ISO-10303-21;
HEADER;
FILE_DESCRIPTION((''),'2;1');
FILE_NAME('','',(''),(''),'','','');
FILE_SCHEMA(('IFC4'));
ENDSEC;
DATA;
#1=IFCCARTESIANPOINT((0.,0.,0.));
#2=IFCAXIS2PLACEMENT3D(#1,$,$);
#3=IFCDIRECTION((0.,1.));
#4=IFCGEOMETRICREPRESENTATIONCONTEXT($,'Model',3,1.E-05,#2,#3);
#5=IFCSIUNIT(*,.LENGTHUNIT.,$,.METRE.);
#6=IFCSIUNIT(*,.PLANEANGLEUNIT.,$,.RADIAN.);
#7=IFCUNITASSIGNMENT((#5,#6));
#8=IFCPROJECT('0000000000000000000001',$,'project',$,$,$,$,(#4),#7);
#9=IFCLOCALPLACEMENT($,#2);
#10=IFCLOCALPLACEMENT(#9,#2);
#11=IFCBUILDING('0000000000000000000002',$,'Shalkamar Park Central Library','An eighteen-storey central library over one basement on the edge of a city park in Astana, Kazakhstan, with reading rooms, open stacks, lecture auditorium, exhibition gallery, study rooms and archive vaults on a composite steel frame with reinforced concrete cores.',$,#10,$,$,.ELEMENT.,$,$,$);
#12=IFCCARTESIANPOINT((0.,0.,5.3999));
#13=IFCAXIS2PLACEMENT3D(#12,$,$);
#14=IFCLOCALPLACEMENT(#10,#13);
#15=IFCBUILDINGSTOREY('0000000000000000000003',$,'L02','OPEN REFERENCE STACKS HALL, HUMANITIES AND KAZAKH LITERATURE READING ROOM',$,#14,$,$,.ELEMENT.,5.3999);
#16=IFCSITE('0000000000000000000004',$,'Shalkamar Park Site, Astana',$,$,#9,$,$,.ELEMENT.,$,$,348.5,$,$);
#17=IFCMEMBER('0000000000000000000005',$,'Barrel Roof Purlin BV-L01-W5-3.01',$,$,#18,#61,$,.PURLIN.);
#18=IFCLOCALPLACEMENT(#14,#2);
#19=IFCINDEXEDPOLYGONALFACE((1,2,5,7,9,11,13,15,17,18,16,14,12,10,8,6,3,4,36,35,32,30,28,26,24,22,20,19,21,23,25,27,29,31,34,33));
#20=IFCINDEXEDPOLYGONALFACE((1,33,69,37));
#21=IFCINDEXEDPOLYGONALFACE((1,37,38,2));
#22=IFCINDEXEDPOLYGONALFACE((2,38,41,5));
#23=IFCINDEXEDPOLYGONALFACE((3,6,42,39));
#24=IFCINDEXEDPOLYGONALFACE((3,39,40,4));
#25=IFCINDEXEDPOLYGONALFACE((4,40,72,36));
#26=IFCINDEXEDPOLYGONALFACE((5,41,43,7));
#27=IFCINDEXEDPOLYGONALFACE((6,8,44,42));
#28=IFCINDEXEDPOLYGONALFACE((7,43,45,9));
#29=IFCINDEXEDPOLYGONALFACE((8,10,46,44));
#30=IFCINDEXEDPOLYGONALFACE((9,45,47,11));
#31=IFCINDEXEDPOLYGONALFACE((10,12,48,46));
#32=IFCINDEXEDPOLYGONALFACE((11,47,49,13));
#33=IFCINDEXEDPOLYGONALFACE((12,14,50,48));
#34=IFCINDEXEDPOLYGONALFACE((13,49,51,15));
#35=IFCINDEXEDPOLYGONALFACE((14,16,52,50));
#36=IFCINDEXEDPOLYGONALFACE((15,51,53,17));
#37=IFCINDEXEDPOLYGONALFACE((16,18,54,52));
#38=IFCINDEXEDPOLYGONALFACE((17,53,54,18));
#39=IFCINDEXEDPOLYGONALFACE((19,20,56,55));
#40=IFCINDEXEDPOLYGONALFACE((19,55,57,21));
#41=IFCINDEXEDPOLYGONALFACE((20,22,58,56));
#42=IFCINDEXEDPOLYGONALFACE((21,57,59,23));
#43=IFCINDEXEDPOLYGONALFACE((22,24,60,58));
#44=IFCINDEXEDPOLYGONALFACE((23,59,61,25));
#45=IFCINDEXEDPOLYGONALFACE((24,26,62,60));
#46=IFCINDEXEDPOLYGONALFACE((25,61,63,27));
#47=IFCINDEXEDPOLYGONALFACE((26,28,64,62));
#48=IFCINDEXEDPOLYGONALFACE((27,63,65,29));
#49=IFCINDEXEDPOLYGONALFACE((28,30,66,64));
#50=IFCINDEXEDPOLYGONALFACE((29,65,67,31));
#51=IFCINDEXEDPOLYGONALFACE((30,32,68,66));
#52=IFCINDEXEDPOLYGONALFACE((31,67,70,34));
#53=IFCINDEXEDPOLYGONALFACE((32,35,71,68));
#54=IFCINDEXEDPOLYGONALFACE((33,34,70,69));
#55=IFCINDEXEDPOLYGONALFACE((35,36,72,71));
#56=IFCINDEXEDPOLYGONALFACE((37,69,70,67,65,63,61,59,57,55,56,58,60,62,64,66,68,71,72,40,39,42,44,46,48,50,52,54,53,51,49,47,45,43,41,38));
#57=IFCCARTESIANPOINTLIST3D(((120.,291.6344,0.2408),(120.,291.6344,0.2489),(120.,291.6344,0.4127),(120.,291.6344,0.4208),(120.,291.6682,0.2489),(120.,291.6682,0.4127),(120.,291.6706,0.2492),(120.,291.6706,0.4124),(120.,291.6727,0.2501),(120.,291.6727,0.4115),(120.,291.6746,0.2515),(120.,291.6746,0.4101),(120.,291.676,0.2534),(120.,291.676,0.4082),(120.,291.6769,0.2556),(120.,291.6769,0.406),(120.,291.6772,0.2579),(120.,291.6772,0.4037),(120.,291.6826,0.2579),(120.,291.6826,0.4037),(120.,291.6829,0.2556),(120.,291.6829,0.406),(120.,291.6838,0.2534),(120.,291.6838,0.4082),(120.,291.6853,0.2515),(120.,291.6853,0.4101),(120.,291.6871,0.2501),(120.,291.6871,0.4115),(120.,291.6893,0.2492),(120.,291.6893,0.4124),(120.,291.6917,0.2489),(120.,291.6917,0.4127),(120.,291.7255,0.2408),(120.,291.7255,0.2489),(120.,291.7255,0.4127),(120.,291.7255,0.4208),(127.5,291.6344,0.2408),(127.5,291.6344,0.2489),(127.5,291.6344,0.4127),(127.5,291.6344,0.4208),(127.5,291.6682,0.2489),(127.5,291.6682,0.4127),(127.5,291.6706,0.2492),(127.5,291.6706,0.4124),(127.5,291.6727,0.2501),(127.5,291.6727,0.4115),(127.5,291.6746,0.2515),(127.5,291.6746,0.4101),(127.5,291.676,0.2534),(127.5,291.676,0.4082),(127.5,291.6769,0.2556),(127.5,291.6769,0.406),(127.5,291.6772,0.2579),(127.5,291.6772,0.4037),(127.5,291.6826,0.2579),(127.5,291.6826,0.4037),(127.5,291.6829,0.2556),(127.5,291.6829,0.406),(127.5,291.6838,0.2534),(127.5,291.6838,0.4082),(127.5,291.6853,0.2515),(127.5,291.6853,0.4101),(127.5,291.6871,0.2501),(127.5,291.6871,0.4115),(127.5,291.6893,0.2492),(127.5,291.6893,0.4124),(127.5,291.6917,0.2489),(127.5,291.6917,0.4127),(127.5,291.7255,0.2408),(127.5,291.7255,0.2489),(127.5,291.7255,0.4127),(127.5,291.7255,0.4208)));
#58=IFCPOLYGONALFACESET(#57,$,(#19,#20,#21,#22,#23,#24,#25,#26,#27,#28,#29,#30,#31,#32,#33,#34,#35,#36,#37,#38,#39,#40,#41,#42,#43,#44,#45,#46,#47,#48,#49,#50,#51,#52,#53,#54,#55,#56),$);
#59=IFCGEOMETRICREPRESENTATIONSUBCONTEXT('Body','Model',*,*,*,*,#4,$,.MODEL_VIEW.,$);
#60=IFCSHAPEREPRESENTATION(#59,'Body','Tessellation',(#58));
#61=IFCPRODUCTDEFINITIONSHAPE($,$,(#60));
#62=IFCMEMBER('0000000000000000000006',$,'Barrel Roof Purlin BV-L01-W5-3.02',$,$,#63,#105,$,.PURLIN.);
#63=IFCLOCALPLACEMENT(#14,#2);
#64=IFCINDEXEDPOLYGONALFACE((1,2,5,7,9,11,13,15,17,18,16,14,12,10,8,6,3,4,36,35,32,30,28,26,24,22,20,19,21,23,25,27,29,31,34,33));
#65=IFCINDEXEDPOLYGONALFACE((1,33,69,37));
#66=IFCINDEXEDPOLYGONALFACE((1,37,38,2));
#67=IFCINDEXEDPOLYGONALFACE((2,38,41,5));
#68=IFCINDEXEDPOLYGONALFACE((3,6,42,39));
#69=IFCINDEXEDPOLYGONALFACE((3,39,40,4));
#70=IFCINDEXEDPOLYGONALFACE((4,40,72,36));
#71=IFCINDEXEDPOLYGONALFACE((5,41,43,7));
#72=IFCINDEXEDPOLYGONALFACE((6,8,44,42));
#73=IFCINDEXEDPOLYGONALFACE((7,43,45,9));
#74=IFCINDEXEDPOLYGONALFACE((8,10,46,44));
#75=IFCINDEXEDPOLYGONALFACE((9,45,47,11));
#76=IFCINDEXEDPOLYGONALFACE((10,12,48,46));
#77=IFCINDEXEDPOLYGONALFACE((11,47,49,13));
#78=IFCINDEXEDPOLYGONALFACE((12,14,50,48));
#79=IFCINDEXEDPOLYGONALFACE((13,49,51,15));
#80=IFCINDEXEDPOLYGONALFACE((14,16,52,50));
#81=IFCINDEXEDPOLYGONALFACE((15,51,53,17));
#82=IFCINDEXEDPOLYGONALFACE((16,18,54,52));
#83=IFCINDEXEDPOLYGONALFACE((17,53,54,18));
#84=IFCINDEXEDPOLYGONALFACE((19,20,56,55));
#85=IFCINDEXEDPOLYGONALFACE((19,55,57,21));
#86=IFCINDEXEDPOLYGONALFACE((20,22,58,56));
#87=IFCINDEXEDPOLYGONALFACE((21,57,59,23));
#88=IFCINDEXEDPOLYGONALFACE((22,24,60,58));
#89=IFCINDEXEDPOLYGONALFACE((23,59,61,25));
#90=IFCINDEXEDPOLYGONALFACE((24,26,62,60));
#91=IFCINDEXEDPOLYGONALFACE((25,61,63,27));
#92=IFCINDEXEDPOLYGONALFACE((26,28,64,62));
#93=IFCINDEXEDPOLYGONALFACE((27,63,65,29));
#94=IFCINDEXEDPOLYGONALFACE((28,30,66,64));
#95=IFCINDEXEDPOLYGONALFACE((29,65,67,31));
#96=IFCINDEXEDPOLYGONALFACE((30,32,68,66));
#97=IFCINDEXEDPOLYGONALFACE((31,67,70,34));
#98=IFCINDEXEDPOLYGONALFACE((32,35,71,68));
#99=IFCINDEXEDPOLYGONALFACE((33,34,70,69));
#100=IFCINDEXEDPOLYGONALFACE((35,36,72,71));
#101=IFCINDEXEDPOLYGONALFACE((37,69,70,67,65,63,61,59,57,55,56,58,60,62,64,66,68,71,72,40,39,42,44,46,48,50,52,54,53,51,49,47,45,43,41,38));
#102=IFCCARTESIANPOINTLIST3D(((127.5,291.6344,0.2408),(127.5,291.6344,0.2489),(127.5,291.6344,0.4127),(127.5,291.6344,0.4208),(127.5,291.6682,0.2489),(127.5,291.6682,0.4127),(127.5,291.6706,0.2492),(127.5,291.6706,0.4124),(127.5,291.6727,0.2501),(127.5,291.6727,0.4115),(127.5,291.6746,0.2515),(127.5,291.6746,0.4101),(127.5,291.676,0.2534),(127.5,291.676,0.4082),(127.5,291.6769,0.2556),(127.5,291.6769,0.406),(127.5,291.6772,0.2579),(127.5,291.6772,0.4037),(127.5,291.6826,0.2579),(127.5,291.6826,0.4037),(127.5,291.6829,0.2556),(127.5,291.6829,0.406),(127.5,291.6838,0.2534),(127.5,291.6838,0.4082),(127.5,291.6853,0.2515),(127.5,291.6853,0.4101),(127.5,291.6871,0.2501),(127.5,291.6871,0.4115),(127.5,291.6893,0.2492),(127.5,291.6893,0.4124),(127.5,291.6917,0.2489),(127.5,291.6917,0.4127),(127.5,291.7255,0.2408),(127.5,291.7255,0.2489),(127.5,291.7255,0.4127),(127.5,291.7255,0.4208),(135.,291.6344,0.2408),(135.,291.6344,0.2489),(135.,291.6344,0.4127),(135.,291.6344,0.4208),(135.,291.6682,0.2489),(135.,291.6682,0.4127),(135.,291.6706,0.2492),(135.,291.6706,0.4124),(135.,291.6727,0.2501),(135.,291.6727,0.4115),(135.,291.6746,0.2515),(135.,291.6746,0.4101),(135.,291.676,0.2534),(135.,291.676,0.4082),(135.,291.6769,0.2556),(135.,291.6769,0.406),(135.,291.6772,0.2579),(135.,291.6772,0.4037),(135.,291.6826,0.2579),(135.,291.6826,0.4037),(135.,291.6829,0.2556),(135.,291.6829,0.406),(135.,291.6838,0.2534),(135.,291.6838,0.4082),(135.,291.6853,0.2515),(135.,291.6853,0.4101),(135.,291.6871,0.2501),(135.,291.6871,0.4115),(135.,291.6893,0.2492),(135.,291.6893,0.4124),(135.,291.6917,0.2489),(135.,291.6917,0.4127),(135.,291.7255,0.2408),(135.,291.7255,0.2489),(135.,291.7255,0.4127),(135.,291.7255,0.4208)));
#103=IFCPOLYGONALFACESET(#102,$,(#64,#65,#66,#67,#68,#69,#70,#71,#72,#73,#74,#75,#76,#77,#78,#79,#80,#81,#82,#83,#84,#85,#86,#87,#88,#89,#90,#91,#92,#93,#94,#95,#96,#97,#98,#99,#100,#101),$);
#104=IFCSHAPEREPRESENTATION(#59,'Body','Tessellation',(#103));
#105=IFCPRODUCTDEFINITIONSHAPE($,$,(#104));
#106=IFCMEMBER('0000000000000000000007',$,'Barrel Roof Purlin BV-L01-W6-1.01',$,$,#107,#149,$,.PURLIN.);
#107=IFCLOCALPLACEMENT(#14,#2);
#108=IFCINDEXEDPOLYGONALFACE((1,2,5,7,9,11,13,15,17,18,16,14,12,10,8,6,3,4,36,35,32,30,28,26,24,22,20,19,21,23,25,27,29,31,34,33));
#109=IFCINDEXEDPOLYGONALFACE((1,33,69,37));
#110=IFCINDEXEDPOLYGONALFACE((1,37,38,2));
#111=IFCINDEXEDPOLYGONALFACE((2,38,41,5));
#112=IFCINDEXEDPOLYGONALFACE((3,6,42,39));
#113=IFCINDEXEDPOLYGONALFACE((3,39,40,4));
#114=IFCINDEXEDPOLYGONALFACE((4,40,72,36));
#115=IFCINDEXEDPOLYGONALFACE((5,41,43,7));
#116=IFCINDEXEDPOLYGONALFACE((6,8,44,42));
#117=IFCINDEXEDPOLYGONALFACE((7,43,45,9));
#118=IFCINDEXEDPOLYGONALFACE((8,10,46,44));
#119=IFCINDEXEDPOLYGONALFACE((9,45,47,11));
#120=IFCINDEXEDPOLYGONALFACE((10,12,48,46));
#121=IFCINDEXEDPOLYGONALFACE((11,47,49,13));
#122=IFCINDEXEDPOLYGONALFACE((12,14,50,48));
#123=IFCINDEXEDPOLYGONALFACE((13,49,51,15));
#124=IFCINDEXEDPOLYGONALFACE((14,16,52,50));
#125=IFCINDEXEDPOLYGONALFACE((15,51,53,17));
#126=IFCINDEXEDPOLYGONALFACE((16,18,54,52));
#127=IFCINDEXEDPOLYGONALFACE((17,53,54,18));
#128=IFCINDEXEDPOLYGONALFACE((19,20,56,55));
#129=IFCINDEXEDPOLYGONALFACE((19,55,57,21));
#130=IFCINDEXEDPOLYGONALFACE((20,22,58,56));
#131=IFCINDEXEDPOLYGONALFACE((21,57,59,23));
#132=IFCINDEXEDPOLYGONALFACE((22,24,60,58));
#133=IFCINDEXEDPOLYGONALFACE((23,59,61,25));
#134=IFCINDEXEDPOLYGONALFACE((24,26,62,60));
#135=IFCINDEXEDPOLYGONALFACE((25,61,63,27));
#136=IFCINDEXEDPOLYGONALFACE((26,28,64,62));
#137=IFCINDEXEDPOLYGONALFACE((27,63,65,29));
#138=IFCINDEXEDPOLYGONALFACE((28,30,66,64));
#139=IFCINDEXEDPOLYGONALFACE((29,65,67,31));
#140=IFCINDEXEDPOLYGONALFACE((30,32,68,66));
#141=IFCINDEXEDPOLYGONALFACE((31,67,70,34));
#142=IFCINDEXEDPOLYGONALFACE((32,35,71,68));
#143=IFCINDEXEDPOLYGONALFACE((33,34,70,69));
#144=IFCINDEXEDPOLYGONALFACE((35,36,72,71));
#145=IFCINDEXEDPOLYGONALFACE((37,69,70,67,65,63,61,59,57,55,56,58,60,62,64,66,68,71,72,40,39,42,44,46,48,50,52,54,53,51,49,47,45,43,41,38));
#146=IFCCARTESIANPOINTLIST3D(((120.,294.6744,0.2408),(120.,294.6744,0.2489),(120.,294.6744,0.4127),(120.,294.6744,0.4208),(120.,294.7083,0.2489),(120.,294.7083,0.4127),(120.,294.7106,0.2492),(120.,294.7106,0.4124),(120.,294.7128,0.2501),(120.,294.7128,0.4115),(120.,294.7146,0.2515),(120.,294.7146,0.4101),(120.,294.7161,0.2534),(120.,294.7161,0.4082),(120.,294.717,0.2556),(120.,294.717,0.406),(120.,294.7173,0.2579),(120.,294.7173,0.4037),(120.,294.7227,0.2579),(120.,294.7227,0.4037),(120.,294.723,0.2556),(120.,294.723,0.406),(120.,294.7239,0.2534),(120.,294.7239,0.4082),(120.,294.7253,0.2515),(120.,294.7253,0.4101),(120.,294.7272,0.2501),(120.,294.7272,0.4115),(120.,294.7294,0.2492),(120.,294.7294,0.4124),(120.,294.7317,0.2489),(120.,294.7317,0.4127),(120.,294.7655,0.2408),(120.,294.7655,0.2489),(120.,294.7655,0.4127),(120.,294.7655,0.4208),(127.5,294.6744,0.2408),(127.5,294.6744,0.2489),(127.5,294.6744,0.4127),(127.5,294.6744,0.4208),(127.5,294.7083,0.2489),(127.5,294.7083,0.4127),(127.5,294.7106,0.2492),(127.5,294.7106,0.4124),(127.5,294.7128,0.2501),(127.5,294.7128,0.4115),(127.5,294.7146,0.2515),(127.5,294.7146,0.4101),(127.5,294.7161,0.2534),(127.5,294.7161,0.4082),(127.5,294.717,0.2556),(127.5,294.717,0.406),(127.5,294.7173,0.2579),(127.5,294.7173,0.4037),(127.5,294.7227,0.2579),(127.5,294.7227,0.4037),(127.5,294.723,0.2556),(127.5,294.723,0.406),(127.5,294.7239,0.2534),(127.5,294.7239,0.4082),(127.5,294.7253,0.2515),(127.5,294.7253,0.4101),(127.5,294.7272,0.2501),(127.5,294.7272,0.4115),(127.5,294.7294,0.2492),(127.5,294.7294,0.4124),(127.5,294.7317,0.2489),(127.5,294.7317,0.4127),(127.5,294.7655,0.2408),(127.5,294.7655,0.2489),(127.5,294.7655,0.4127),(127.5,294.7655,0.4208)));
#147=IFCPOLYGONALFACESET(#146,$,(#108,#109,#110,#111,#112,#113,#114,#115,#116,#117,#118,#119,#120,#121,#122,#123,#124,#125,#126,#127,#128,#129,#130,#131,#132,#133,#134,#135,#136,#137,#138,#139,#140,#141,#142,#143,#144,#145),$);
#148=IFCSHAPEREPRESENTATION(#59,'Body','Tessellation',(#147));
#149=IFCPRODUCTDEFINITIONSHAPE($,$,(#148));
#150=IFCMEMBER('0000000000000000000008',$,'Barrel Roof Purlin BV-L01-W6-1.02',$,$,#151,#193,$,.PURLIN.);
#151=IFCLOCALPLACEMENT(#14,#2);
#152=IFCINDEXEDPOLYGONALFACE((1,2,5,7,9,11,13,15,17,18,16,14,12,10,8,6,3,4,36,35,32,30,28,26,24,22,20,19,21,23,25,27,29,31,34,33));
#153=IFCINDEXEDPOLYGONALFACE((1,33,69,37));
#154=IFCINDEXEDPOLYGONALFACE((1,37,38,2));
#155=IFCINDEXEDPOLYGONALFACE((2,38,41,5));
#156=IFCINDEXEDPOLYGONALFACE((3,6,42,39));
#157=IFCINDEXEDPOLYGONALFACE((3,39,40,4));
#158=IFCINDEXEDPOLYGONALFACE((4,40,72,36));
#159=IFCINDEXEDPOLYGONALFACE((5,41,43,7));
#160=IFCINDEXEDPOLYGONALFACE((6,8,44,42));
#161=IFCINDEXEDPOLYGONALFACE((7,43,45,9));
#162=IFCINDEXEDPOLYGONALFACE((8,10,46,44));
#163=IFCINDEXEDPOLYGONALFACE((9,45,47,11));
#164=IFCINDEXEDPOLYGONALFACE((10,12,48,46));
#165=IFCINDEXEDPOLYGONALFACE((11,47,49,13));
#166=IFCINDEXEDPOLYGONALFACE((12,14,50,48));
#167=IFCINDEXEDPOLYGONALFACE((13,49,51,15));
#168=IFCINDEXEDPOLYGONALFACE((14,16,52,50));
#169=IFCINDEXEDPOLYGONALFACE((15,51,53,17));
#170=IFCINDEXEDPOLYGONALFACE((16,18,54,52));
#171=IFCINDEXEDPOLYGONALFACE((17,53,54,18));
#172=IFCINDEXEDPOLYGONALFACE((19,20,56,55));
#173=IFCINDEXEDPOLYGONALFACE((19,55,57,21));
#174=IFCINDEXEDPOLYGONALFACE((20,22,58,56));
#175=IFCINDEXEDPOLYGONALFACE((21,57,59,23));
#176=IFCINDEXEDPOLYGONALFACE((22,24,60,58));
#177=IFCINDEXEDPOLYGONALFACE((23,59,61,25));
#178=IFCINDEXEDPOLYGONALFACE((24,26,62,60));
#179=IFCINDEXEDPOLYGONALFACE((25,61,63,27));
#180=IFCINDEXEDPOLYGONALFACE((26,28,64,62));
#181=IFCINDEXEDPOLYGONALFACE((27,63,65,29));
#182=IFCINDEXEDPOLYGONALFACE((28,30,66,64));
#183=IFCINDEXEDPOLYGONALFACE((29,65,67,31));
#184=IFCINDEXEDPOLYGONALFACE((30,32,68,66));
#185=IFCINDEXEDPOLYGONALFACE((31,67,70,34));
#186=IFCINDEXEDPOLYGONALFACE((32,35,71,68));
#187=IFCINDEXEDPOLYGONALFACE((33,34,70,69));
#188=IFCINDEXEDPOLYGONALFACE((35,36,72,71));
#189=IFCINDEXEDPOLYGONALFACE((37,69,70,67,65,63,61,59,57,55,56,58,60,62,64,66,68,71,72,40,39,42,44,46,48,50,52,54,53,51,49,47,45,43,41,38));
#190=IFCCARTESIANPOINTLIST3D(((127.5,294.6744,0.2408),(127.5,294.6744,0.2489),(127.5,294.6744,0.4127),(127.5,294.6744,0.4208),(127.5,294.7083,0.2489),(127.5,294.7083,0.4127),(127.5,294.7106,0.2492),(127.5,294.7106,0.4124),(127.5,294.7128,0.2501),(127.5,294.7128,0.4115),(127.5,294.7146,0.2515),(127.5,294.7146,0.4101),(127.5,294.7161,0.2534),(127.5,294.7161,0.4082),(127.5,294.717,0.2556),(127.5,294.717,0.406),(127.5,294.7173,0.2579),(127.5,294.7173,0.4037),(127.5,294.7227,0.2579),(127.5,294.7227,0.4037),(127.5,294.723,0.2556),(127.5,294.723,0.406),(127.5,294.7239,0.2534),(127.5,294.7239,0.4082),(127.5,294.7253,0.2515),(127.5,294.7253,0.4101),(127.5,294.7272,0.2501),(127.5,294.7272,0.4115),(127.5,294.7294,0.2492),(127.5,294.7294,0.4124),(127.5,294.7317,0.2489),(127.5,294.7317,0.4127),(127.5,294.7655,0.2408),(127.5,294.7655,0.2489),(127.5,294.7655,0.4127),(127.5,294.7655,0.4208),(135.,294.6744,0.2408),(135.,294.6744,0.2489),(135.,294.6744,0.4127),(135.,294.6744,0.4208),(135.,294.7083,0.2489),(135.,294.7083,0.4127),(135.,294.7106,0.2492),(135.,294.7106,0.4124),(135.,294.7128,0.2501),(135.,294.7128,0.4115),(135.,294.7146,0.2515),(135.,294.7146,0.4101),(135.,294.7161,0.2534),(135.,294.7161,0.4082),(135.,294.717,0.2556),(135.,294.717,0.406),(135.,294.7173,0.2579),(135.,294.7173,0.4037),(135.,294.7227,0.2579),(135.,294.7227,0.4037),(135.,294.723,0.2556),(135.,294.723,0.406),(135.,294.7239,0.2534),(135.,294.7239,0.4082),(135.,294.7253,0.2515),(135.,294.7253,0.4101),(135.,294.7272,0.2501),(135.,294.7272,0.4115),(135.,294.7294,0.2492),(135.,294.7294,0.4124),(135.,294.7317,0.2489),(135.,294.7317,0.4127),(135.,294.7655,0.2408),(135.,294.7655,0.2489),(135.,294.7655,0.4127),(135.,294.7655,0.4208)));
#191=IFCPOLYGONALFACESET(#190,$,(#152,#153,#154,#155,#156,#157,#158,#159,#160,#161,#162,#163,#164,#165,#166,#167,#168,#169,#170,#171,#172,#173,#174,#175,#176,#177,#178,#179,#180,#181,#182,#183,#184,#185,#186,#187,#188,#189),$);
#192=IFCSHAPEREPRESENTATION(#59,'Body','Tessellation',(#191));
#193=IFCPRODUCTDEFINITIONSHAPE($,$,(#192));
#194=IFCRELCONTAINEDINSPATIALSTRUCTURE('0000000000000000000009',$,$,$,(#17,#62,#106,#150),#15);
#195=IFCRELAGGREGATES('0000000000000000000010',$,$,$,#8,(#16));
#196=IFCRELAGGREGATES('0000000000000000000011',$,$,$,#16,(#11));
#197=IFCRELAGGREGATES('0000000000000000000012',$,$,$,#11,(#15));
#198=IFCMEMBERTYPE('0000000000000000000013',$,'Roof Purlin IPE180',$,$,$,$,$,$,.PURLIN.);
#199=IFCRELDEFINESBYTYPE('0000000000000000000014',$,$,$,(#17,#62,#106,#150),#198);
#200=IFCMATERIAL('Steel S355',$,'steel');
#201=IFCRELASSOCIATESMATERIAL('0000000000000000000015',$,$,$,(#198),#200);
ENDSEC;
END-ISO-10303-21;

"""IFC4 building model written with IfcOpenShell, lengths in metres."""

from ifc_helpers import new_model, si_unit, direction, frame, origin, origin_2d, place, context, subcontext, project, spatial, i_section, extrude, material, material_profile, profile_set, type_object, element, save


model = new_model("IFC4")

# Units and contexts
model_context = context("Model", 3, precision=1e-05, world=origin(), true_north=direction((0.0, 1.0)))
body_context = subcontext(model_context, "Body", "Model", "MODEL_VIEW")
ifc_project = project(units=[si_unit("LENGTHUNIT", "METRE"), si_unit("PLANEANGLEUNIT", "RADIAN")], contexts=[model_context])

# Site, building, storey
site_placement = place(None, origin())
site = spatial("IfcSite", under=ifc_project, at=site_placement, Name="Shalkamar Park Site, Astana", CompositionType="ELEMENT", RefElevation=348.5)
building_placement = place(site_placement, origin())
building = spatial("IfcBuilding", under=site, at=building_placement, Name="Shalkamar Park Central Library", Description="An eighteen-storey central library over one basement on the edge of a city park in Astana, Kazakhstan, with reading rooms, open stacks, lecture auditorium, exhibition gallery, study rooms and archive vaults on a composite steel frame with reinforced concrete cores.", CompositionType="ELEMENT")
storey_placement = place(building_placement, frame((0.0, 0.0, 5.3999)))
storey = spatial("IfcBuildingStorey", under=building, at=storey_placement, Name="L02", Description="OPEN REFERENCE STACKS HALL, HUMANITIES AND KAZAKH LITERATURE READING ROOM", CompositionType="ELEMENT", Elevation=5.3999)

# Members
ifc_material_1 = material(Name="Steel S355", Category="steel")
ifc_material_profile_1 = material_profile(ifc_material_1, i_section(OverallWidth=0.0911, OverallDepth=0.1799, WebThickness=0.0054, FlangeThickness=0.0081, FilletRadius=0.009, at=origin_2d()), Name="IPE 180")
ifc_profile_set_1 = profile_set([ifc_material_profile_1], Name="Steel S355")
member_type_1 = type_object("IfcMemberType", Name="Roof Purlin IPE180", PredefinedType="PURLIN", material=ifc_profile_set_1)
for number, where, z_axis, x_axis, name in (
    (1, (120.0, 291.6799, 0.3308), (1.0, 0.0, 0.0), (0.0, 1.0, 0.0), "Barrel Roof Purlin BV-L01-W5-3.01"),
    (2, (127.5, 291.6799, 0.3308), (1.0, 0.0, 0.0), (0.0, 1.0, 0.0), "Barrel Roof Purlin BV-L01-W5-3.02"),
    (3, (120.0, 294.72, 0.3308), (1.0, 0.0, 0.0), (0.0, 1.0, 0.0), "Barrel Roof Purlin BV-L01-W6-1.01"),
    (4, (127.5, 294.72, 0.3308), (1.0, 0.0, 0.0), (0.0, 1.0, 0.0), "Barrel Roof Purlin BV-L01-W6-1.02"),
):
    element("IfcMember", number, at=place(storey_placement, frame(where, z_axis=z_axis, x_axis=x_axis)), inside=storey, type_object=member_type_1, Name=name, PredefinedType="PURLIN", context=body_context, shape_type="SweptSolid", body=[
        extrude(i_section(OverallWidth=0.0911, OverallDepth=0.1799, WebThickness=0.0054, FlangeThickness=0.0081, FilletRadius=0.009, at=origin_2d()), origin(), (0.0, 0.0, 1.0), 7.5),
    ])

save(model, "model.ifc")
